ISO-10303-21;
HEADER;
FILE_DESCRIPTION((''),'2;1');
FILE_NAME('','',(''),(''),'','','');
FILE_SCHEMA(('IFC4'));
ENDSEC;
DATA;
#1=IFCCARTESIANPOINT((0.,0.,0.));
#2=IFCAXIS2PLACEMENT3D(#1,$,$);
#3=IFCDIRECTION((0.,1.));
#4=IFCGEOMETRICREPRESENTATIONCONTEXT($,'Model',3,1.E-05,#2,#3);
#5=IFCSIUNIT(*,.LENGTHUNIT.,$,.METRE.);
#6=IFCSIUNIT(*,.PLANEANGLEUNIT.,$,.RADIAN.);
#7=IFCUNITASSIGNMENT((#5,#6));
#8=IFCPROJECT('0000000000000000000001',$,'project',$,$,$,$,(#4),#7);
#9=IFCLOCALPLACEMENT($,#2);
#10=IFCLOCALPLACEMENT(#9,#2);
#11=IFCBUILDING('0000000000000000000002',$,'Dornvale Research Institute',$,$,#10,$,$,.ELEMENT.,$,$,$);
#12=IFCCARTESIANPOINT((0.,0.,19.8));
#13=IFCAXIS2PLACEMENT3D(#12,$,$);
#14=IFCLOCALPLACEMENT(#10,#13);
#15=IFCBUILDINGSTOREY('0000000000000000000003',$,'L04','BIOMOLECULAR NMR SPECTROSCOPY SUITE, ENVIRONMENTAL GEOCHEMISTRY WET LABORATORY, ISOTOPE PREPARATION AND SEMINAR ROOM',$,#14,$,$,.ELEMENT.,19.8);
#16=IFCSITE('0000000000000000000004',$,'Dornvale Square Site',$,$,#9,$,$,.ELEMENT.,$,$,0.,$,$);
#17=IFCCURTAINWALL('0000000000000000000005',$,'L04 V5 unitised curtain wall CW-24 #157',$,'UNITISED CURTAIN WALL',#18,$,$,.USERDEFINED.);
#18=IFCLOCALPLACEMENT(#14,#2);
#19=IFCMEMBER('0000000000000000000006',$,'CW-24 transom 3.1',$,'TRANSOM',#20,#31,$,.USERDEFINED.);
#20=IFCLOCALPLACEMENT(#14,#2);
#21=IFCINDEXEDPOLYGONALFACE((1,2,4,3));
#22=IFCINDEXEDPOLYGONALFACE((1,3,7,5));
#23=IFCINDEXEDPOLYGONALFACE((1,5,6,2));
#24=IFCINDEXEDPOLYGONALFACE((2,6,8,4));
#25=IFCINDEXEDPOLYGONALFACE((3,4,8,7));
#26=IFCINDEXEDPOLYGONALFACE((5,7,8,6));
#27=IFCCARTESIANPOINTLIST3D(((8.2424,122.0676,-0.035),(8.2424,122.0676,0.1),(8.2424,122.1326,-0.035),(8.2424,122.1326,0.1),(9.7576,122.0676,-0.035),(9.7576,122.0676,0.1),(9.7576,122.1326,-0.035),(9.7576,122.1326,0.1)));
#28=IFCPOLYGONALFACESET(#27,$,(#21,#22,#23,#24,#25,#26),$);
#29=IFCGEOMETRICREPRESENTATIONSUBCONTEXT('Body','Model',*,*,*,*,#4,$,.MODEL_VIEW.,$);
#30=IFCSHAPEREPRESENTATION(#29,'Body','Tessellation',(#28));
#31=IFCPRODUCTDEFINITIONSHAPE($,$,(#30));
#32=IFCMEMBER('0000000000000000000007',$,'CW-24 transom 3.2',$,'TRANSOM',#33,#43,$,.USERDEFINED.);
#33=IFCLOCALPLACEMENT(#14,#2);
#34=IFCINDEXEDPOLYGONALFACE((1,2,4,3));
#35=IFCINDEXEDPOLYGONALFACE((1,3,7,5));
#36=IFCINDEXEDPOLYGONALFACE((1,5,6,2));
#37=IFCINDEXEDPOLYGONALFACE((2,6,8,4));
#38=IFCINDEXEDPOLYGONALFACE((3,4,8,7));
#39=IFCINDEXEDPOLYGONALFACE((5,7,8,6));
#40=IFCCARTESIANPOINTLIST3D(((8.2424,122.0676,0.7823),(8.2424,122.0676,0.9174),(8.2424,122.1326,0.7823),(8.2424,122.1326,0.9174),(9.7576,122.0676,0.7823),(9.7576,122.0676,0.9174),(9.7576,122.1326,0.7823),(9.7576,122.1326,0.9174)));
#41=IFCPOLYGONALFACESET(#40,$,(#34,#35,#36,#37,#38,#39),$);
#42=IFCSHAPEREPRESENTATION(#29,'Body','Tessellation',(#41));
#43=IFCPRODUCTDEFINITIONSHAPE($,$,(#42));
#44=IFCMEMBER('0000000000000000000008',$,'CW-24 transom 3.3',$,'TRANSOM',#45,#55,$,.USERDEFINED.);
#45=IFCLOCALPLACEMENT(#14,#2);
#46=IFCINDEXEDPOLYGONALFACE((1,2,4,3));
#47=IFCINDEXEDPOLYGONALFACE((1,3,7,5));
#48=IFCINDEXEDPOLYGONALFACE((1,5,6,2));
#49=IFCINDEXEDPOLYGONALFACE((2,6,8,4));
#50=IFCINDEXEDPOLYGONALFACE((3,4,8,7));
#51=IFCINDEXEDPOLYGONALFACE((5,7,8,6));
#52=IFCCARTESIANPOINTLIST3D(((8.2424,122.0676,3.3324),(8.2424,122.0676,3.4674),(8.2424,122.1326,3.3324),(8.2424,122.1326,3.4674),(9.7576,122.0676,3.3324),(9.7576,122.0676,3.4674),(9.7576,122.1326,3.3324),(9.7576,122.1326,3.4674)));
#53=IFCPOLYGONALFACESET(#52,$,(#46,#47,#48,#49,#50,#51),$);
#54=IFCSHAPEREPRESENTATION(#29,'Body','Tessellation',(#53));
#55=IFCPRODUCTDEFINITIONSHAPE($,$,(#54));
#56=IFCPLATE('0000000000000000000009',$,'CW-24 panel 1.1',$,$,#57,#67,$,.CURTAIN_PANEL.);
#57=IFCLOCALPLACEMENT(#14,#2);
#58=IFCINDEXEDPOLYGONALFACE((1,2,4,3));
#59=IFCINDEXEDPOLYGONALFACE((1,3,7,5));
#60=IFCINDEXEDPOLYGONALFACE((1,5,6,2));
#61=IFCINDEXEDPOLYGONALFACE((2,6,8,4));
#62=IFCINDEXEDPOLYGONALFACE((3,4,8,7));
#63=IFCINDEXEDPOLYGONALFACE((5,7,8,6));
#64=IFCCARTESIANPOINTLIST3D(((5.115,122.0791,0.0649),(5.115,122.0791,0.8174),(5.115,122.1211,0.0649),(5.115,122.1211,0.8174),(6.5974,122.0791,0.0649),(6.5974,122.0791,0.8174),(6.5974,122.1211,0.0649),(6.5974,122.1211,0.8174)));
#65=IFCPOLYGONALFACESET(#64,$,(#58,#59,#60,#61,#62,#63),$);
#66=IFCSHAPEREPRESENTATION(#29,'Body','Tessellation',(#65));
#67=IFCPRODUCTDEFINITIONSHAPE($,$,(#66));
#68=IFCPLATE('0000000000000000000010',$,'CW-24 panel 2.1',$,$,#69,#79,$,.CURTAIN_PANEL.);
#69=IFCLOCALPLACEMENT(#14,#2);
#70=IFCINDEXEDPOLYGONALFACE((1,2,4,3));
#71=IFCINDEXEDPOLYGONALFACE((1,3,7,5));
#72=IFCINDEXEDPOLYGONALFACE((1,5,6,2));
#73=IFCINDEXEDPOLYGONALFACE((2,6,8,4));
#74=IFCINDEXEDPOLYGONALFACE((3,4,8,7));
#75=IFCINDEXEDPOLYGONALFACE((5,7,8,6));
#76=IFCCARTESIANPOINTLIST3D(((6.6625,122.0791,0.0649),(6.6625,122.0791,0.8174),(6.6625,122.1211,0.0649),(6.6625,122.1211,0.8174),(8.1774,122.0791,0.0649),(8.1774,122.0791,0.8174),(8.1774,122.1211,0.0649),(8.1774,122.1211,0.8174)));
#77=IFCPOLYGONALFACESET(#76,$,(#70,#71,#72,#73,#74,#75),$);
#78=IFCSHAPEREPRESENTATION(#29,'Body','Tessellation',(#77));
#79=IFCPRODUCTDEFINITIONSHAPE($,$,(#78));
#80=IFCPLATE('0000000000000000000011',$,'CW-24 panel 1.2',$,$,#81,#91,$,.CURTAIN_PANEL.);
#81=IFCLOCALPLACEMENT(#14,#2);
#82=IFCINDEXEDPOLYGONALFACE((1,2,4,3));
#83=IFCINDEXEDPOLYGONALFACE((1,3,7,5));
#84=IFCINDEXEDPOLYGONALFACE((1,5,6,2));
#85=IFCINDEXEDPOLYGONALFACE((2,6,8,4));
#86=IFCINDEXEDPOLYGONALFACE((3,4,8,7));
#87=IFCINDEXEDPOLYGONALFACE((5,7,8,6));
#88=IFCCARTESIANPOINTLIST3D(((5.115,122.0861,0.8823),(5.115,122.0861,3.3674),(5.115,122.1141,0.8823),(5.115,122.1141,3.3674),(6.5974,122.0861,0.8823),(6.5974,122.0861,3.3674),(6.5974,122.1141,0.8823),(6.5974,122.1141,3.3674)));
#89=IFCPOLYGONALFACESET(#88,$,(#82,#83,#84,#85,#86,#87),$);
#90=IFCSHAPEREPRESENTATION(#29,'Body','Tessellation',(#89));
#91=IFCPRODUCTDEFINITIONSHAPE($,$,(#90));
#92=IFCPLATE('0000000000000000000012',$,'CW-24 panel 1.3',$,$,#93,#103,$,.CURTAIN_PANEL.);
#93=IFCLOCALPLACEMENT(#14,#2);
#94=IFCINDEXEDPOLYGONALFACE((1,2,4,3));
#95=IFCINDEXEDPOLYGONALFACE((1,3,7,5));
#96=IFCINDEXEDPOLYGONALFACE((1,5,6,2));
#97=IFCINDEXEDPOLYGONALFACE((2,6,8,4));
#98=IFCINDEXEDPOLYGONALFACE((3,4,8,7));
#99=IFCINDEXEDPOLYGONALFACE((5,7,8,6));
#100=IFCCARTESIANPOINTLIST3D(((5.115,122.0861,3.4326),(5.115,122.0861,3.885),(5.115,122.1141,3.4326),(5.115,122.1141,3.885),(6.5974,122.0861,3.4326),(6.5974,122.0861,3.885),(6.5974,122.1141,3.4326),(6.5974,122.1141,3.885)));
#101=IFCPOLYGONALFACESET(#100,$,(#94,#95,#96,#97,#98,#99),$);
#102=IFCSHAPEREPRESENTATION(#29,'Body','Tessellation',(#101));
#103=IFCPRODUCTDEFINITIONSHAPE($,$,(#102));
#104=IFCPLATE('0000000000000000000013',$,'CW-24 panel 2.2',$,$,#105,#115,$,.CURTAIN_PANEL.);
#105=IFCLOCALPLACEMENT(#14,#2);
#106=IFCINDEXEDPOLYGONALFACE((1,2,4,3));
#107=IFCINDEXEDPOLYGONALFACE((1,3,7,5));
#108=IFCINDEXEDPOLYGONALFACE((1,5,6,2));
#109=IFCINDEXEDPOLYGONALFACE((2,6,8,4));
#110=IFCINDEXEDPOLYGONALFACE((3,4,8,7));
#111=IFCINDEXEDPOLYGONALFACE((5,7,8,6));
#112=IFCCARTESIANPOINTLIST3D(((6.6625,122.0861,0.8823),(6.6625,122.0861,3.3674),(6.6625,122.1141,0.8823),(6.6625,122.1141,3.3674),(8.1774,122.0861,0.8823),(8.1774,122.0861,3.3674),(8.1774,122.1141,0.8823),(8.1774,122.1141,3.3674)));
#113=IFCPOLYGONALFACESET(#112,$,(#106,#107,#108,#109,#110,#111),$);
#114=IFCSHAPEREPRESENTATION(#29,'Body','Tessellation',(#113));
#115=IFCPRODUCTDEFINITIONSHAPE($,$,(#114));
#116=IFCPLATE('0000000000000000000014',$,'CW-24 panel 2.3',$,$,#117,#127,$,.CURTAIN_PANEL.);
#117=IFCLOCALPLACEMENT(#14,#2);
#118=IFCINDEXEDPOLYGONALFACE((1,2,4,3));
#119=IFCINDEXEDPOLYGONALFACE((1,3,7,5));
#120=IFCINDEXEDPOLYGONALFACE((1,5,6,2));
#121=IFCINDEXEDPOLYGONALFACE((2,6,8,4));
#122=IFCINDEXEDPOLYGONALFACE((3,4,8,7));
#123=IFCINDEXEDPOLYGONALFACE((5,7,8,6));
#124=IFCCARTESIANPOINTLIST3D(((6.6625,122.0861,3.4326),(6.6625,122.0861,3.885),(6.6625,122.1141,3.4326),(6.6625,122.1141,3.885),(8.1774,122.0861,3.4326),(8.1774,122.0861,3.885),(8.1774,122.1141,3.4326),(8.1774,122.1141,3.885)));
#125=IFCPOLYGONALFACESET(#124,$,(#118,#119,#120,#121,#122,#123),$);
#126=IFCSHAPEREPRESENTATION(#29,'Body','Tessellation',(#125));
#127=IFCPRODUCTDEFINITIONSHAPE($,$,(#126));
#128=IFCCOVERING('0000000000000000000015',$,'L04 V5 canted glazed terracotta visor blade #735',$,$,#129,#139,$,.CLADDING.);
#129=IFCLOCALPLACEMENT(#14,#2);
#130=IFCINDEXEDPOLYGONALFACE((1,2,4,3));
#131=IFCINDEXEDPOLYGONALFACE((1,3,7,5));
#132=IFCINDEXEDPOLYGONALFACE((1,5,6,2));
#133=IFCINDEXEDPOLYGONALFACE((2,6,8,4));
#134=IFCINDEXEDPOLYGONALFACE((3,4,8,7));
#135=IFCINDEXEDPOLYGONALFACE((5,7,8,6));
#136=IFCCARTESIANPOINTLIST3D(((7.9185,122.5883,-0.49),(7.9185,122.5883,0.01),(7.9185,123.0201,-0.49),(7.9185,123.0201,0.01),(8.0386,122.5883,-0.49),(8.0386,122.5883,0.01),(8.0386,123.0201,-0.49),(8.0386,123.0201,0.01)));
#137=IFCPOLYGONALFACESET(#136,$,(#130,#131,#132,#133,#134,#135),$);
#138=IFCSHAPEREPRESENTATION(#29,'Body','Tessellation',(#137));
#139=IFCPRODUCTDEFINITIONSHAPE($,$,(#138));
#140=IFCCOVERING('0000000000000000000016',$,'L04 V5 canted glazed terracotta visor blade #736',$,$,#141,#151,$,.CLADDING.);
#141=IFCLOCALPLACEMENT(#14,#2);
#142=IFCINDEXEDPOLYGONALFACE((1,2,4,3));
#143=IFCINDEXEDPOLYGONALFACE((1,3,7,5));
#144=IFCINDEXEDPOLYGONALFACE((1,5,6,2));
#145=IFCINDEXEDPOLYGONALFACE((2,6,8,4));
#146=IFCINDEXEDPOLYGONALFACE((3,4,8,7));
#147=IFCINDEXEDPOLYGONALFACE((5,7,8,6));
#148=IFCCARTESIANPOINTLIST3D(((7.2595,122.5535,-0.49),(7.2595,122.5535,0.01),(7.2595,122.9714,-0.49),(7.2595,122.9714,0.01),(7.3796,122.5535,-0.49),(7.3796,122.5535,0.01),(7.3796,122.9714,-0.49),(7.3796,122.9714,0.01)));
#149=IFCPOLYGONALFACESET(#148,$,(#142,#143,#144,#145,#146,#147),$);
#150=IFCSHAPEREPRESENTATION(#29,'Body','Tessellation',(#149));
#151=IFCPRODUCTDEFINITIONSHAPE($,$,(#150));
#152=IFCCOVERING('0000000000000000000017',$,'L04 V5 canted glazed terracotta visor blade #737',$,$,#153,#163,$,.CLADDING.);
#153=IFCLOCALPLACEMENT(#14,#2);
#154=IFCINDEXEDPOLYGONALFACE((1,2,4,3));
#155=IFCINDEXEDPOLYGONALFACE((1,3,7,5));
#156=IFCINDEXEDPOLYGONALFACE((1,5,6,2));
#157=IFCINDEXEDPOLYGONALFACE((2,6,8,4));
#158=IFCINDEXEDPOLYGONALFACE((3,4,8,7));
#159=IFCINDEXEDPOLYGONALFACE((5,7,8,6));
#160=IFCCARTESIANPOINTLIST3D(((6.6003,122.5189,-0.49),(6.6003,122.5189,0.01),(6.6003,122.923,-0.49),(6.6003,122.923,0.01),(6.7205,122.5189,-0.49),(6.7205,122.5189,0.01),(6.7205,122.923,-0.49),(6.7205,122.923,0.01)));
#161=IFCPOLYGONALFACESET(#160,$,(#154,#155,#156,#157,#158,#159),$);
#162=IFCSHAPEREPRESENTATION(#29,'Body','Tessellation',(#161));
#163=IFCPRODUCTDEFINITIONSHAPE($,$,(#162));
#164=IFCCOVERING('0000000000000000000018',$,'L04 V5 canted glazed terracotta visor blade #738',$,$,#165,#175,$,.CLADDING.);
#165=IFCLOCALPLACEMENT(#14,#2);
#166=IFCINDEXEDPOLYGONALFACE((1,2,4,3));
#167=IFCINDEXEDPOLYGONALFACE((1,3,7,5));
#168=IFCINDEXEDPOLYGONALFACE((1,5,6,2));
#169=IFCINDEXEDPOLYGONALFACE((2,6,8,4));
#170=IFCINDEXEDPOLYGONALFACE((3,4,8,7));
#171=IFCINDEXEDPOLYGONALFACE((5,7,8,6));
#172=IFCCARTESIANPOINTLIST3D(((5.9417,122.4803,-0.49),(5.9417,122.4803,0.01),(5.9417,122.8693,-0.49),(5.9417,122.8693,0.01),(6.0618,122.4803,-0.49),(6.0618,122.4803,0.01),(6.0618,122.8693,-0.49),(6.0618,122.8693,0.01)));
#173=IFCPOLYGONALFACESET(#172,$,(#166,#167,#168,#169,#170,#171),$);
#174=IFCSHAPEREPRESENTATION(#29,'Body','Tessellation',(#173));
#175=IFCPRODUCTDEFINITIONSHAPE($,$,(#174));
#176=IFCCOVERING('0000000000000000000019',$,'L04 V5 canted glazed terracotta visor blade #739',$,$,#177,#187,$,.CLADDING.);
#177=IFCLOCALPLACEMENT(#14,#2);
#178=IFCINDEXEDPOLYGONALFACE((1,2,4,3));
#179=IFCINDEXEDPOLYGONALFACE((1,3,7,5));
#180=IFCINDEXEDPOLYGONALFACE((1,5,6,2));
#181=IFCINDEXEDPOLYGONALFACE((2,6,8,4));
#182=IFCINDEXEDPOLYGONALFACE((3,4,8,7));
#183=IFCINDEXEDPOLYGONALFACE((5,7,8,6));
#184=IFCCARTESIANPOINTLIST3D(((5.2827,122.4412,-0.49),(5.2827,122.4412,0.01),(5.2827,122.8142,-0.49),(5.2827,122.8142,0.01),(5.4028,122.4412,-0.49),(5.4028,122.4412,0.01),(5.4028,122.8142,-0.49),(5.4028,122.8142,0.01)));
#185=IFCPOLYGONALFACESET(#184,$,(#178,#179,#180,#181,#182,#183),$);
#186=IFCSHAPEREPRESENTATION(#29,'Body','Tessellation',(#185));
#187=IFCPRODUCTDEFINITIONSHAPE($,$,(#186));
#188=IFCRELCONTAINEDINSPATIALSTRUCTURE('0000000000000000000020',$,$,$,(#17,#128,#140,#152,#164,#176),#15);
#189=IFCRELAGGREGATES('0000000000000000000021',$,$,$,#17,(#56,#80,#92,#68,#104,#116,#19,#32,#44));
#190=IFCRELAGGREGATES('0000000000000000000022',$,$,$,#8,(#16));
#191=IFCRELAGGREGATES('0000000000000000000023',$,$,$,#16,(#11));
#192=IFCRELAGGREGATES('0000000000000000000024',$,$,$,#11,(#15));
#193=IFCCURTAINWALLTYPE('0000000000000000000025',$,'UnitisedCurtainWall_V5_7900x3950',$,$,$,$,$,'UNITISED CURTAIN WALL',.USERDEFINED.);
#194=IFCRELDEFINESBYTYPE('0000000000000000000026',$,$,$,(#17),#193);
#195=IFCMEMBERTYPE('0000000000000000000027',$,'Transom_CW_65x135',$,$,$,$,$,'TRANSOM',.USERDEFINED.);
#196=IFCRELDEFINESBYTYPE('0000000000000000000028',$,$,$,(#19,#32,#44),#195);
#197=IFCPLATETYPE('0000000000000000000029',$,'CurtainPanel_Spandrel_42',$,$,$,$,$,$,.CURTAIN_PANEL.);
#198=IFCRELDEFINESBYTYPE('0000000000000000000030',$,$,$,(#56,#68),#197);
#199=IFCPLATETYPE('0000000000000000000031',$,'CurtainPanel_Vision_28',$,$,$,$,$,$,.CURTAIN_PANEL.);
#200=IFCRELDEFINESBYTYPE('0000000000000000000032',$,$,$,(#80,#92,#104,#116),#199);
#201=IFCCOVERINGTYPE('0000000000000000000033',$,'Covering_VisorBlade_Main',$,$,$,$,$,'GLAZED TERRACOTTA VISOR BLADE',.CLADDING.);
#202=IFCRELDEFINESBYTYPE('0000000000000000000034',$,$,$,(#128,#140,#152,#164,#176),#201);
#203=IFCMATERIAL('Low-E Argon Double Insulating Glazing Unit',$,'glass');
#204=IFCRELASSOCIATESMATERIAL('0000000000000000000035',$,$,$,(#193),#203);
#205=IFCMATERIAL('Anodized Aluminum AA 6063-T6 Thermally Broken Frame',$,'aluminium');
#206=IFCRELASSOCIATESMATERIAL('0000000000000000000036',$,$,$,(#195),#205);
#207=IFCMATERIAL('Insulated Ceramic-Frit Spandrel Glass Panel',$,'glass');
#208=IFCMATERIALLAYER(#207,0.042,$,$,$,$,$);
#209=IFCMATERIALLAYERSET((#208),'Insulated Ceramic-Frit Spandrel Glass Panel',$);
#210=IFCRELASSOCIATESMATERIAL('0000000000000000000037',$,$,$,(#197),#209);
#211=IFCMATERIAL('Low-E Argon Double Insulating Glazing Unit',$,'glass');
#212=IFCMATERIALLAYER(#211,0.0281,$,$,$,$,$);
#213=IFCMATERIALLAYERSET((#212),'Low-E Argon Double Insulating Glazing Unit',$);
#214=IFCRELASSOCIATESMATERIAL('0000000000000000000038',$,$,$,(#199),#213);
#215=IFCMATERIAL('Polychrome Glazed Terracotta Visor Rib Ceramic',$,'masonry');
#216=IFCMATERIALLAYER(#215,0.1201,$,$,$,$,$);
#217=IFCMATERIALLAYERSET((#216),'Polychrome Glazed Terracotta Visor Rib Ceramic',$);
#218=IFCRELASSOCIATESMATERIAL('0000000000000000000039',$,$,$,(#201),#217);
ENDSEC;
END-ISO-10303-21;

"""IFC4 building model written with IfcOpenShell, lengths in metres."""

from ifc_helpers import new_model, si_unit, direction, frame, origin, origin_2d, place, context, subcontext, project, spatial, rectangle, extrude, material, layer, layer_set, material_profile, profile_set, type_object, element, aggregate, save


model = new_model("IFC4")

# Units and contexts
model_context = context("Model", 3, precision=1e-05, world=origin(), true_north=direction((0.0, 1.0)))
body_context = subcontext(model_context, "Body", "Model", "MODEL_VIEW")
ifc_project = project(units=[si_unit("LENGTHUNIT", "METRE"), si_unit("PLANEANGLEUNIT", "RADIAN")], contexts=[model_context])

# Site, building, storey
site_placement = place(None, origin())
site = spatial("IfcSite", under=ifc_project, at=site_placement, Name="Dornvale Square Site", CompositionType="ELEMENT", RefElevation=0.0)
building_placement = place(site_placement, origin())
building = spatial("IfcBuilding", under=site, at=building_placement, Name="Dornvale Research Institute", CompositionType="ELEMENT")
storey_placement = place(building_placement, frame((0.0, 0.0, 19.8)))
storey = spatial("IfcBuildingStorey", under=building, at=storey_placement, Name="L04", Description="BIOMOLECULAR NMR SPECTROSCOPY SUITE, ENVIRONMENTAL GEOCHEMISTRY WET LABORATORY, ISOTOPE PREPARATION AND SEMINAR ROOM", CompositionType="ELEMENT", Elevation=19.8)

# Curtain wall
ifc_material_1 = material(Name="Low-E Argon Double Insulating Glazing Unit", Category="glass")
curtain_wall_type = type_object("IfcCurtainWallType", Name="UnitisedCurtainWall_V5_7900x3950", ElementType="UNITISED CURTAIN WALL", PredefinedType="USERDEFINED", material=ifc_material_1)
curtain_wall_placement = place(storey_placement, origin())
curtain_wall = element("IfcCurtainWall", 1, at=curtain_wall_placement, inside=storey, type_object=curtain_wall_type, Name="L04 V5 unitised curtain wall CW-24 #157", ObjectType="UNITISED CURTAIN WALL", PredefinedType="USERDEFINED")

# Members
ifc_material_2 = material(Name="Anodized Aluminum AA 6063-T6 Thermally Broken Frame", Category="aluminium")
ifc_material_profile_1 = material_profile(ifc_material_2, rectangle(XDim=0.0649, YDim=0.135, at=origin_2d()), Name="ALU TRANSOM 65x135")
ifc_profile_set_1 = profile_set([ifc_material_profile_1], Name="Anodized Aluminum AA 6063-T6 Thermally Broken Frame")
member_type_1 = type_object("IfcMemberType", Name="Transom_CW_65x135", ElementType="TRANSOM", PredefinedType="USERDEFINED", material=ifc_profile_set_1)
member_1_placement = place(storey_placement, frame((8.2424, 122.1001, 0.0325), z_axis=(1.0, 0.0, 0.0), x_axis=(0.0, 1.0, 0.0)))
member_1 = element("IfcMember", 2, at=member_1_placement, type_object=member_type_1, Name="CW-24 transom 3.1", ObjectType="TRANSOM", PredefinedType="USERDEFINED", context=body_context, shape_type="SweptSolid", body=[
    extrude(rectangle(XDim=0.0649, YDim=0.135, at=origin_2d()), origin(), (0.0, 0.0, 1.0), 1.5151),
])
member_2_placement = place(storey_placement, frame((8.2424, 122.1001, 0.8499), z_axis=(1.0, 0.0, 0.0), x_axis=(0.0, 1.0, 0.0)))
member_2 = element("IfcMember", 3, at=member_2_placement, type_object=member_type_1, Name="CW-24 transom 3.2", ObjectType="TRANSOM", PredefinedType="USERDEFINED", context=body_context, shape_type="SweptSolid", body=[
    extrude(rectangle(XDim=0.0649, YDim=0.135, at=origin_2d()), origin(), (0.0, 0.0, 1.0), 1.5151),
])
member_3_placement = place(storey_placement, frame((8.2424, 122.1001, 3.3999), z_axis=(1.0, 0.0, 0.0), x_axis=(0.0, 1.0, 0.0)))
member_3 = element("IfcMember", 4, at=member_3_placement, type_object=member_type_1, Name="CW-24 transom 3.3", ObjectType="TRANSOM", PredefinedType="USERDEFINED", context=body_context, shape_type="SweptSolid", body=[
    extrude(rectangle(XDim=0.0649, YDim=0.135, at=origin_2d()), origin(), (0.0, 0.0, 1.0), 1.5151),
])

# Plates
ifc_material_3 = material(Name="Insulated Ceramic-Frit Spandrel Glass Panel", Category="glass")
ifc_layer_1 = layer(ifc_material_3, 0.042)
ifc_layer_set_1 = layer_set([ifc_layer_1], Name="Insulated Ceramic-Frit Spandrel Glass Panel")
plate_type_1 = type_object("IfcPlateType", Name="CurtainPanel_Spandrel_42", PredefinedType="CURTAIN_PANEL", material=ifc_layer_set_1)
plate_1_placement = place(storey_placement, frame((5.8562, 122.1001, 0.0649), z_axis=(0.0, 0.0, 1.0), x_axis=(1.0, 0.0, 0.0)))
plate_1 = element("IfcPlate", 5, at=plate_1_placement, type_object=plate_type_1, Name="CW-24 panel 1.1", PredefinedType="CURTAIN_PANEL", context=body_context, shape_type="SweptSolid", body=[
    extrude(rectangle(XDim=1.4824, YDim=0.042, at=origin_2d()), origin(), (0.0, 0.0, 1.0), 0.7524),
])
plate_2_placement = place(storey_placement, frame((7.4199, 122.1001, 0.0649), z_axis=(0.0, 0.0, 1.0), x_axis=(1.0, 0.0, 0.0)))
plate_2 = element("IfcPlate", 6, at=plate_2_placement, type_object=plate_type_1, Name="CW-24 panel 2.1", PredefinedType="CURTAIN_PANEL", context=body_context, shape_type="SweptSolid", body=[
    extrude(rectangle(XDim=1.5149, YDim=0.042, at=origin_2d()), origin(), (0.0, 0.0, 1.0), 0.7524),
])
ifc_material_4 = material(Name="Low-E Argon Double Insulating Glazing Unit", Category="glass")
ifc_layer_2 = layer(ifc_material_4, 0.0281)
ifc_layer_set_2 = layer_set([ifc_layer_2], Name="Low-E Argon Double Insulating Glazing Unit")
plate_type_2 = type_object("IfcPlateType", Name="CurtainPanel_Vision_28", PredefinedType="CURTAIN_PANEL", material=ifc_layer_set_2)
plate_3_placement = place(storey_placement, frame((5.8562, 122.1001, 0.8823), z_axis=(0.0, 0.0, 1.0), x_axis=(1.0, 0.0, 0.0)))
plate_3 = element("IfcPlate", 7, at=plate_3_placement, type_object=plate_type_2, Name="CW-24 panel 1.2", PredefinedType="CURTAIN_PANEL", context=body_context, shape_type="SweptSolid", body=[
    extrude(rectangle(XDim=1.4824, YDim=0.0281, at=origin_2d()), origin(), (0.0, 0.0, 1.0), 2.4851),
])
plate_4_placement = place(storey_placement, frame((5.8562, 122.1001, 3.4326), z_axis=(0.0, 0.0, 1.0), x_axis=(1.0, 0.0, 0.0)))
plate_4 = element("IfcPlate", 8, at=plate_4_placement, type_object=plate_type_2, Name="CW-24 panel 1.3", PredefinedType="CURTAIN_PANEL", context=body_context, shape_type="SweptSolid", body=[
    extrude(rectangle(XDim=1.4824, YDim=0.0281, at=origin_2d()), origin(), (0.0, 0.0, 1.0), 0.4524),
])
plate_5_placement = place(storey_placement, frame((7.4199, 122.1001, 0.8823), z_axis=(0.0, 0.0, 1.0), x_axis=(1.0, 0.0, 0.0)))
plate_5 = element("IfcPlate", 9, at=plate_5_placement, type_object=plate_type_2, Name="CW-24 panel 2.2", PredefinedType="CURTAIN_PANEL", context=body_context, shape_type="SweptSolid", body=[
    extrude(rectangle(XDim=1.5149, YDim=0.0281, at=origin_2d()), origin(), (0.0, 0.0, 1.0), 2.4851),
])
plate_6_placement = place(storey_placement, frame((7.4199, 122.1001, 3.4326), z_axis=(0.0, 0.0, 1.0), x_axis=(1.0, 0.0, 0.0)))
plate_6 = element("IfcPlate", 10, at=plate_6_placement, type_object=plate_type_2, Name="CW-24 panel 2.3", PredefinedType="CURTAIN_PANEL", context=body_context, shape_type="SweptSolid", body=[
    extrude(rectangle(XDim=1.5149, YDim=0.0281, at=origin_2d()), origin(), (0.0, 0.0, 1.0), 0.4524),
])
aggregate(curtain_wall, [plate_1, plate_3, plate_4, plate_2, plate_5, plate_6, member_1, member_2, member_3])

# Coverings
ifc_material_5 = material(Name="Polychrome Glazed Terracotta Visor Rib Ceramic", Category="masonry")
ifc_layer_3 = layer(ifc_material_5, 0.1201)
ifc_layer_set_3 = layer_set([ifc_layer_3], Name="Polychrome Glazed Terracotta Visor Rib Ceramic")
covering_type = type_object("IfcCoveringType", Name="Covering_VisorBlade_Main", ElementType="GLAZED TERRACOTTA VISOR BLADE", PredefinedType="CLADDING", material=ifc_layer_set_3)
covering_1_placement = place(storey_placement, frame((7.9785, 122.8042, -0.49), z_axis=(0.0, 0.0, 1.0), x_axis=(0.0, 1.0, 0.0)))
element("IfcCovering", 11, at=covering_1_placement, inside=storey, type_object=covering_type, Name="L04 V5 canted glazed terracotta visor blade #735", PredefinedType="CLADDING", context=body_context, shape_type="SweptSolid", body=[
    extrude(rectangle(XDim=0.4319, YDim=0.1201, at=origin_2d()), origin(), (0.0, 0.0, 1.0), 0.5),
])
covering_2_placement = place(storey_placement, frame((7.3196, 122.7625, -0.49), z_axis=(0.0, 0.0, 1.0), x_axis=(0.0, 1.0, 0.0)))
element("IfcCovering", 12, at=covering_2_placement, inside=storey, type_object=covering_type, Name="L04 V5 canted glazed terracotta visor blade #736", PredefinedType="CLADDING", context=body_context, shape_type="SweptSolid", body=[
    extrude(rectangle(XDim=0.418, YDim=0.1201, at=origin_2d()), origin(), (0.0, 0.0, 1.0), 0.5),
])
covering_3_placement = place(storey_placement, frame((6.6604, 122.7209, -0.49), z_axis=(0.0, 0.0, 1.0), x_axis=(0.0, 1.0, 0.0)))
element("IfcCovering", 13, at=covering_3_placement, inside=storey, type_object=covering_type, Name="L04 V5 canted glazed terracotta visor blade #737", PredefinedType="CLADDING", context=body_context, shape_type="SweptSolid", body=[
    extrude(rectangle(XDim=0.4041, YDim=0.1201, at=origin_2d()), origin(), (0.0, 0.0, 1.0), 0.5),
])
covering_4_placement = place(storey_placement, frame((6.0017, 122.6748, -0.49), z_axis=(0.0, 0.0, 1.0), x_axis=(0.0, 1.0, 0.0)))
element("IfcCovering", 14, at=covering_4_placement, inside=storey, type_object=covering_type, Name="L04 V5 canted glazed terracotta visor blade #738", PredefinedType="CLADDING", context=body_context, shape_type="SweptSolid", body=[
    extrude(rectangle(XDim=0.3889, YDim=0.1201, at=origin_2d()), origin(), (0.0, 0.0, 1.0), 0.5),
])
covering_5_placement = place(storey_placement, frame((5.3428, 122.6277, -0.49), z_axis=(0.0, 0.0, 1.0), x_axis=(0.0, 1.0, 0.0)))
element("IfcCovering", 15, at=covering_5_placement, inside=storey, type_object=covering_type, Name="L04 V5 canted glazed terracotta visor blade #739", PredefinedType="CLADDING", context=body_context, shape_type="SweptSolid", body=[
    extrude(rectangle(XDim=0.373, YDim=0.1201, at=origin_2d()), origin(), (0.0, 0.0, 1.0), 0.5),
])

save(model, "model.ifc")
